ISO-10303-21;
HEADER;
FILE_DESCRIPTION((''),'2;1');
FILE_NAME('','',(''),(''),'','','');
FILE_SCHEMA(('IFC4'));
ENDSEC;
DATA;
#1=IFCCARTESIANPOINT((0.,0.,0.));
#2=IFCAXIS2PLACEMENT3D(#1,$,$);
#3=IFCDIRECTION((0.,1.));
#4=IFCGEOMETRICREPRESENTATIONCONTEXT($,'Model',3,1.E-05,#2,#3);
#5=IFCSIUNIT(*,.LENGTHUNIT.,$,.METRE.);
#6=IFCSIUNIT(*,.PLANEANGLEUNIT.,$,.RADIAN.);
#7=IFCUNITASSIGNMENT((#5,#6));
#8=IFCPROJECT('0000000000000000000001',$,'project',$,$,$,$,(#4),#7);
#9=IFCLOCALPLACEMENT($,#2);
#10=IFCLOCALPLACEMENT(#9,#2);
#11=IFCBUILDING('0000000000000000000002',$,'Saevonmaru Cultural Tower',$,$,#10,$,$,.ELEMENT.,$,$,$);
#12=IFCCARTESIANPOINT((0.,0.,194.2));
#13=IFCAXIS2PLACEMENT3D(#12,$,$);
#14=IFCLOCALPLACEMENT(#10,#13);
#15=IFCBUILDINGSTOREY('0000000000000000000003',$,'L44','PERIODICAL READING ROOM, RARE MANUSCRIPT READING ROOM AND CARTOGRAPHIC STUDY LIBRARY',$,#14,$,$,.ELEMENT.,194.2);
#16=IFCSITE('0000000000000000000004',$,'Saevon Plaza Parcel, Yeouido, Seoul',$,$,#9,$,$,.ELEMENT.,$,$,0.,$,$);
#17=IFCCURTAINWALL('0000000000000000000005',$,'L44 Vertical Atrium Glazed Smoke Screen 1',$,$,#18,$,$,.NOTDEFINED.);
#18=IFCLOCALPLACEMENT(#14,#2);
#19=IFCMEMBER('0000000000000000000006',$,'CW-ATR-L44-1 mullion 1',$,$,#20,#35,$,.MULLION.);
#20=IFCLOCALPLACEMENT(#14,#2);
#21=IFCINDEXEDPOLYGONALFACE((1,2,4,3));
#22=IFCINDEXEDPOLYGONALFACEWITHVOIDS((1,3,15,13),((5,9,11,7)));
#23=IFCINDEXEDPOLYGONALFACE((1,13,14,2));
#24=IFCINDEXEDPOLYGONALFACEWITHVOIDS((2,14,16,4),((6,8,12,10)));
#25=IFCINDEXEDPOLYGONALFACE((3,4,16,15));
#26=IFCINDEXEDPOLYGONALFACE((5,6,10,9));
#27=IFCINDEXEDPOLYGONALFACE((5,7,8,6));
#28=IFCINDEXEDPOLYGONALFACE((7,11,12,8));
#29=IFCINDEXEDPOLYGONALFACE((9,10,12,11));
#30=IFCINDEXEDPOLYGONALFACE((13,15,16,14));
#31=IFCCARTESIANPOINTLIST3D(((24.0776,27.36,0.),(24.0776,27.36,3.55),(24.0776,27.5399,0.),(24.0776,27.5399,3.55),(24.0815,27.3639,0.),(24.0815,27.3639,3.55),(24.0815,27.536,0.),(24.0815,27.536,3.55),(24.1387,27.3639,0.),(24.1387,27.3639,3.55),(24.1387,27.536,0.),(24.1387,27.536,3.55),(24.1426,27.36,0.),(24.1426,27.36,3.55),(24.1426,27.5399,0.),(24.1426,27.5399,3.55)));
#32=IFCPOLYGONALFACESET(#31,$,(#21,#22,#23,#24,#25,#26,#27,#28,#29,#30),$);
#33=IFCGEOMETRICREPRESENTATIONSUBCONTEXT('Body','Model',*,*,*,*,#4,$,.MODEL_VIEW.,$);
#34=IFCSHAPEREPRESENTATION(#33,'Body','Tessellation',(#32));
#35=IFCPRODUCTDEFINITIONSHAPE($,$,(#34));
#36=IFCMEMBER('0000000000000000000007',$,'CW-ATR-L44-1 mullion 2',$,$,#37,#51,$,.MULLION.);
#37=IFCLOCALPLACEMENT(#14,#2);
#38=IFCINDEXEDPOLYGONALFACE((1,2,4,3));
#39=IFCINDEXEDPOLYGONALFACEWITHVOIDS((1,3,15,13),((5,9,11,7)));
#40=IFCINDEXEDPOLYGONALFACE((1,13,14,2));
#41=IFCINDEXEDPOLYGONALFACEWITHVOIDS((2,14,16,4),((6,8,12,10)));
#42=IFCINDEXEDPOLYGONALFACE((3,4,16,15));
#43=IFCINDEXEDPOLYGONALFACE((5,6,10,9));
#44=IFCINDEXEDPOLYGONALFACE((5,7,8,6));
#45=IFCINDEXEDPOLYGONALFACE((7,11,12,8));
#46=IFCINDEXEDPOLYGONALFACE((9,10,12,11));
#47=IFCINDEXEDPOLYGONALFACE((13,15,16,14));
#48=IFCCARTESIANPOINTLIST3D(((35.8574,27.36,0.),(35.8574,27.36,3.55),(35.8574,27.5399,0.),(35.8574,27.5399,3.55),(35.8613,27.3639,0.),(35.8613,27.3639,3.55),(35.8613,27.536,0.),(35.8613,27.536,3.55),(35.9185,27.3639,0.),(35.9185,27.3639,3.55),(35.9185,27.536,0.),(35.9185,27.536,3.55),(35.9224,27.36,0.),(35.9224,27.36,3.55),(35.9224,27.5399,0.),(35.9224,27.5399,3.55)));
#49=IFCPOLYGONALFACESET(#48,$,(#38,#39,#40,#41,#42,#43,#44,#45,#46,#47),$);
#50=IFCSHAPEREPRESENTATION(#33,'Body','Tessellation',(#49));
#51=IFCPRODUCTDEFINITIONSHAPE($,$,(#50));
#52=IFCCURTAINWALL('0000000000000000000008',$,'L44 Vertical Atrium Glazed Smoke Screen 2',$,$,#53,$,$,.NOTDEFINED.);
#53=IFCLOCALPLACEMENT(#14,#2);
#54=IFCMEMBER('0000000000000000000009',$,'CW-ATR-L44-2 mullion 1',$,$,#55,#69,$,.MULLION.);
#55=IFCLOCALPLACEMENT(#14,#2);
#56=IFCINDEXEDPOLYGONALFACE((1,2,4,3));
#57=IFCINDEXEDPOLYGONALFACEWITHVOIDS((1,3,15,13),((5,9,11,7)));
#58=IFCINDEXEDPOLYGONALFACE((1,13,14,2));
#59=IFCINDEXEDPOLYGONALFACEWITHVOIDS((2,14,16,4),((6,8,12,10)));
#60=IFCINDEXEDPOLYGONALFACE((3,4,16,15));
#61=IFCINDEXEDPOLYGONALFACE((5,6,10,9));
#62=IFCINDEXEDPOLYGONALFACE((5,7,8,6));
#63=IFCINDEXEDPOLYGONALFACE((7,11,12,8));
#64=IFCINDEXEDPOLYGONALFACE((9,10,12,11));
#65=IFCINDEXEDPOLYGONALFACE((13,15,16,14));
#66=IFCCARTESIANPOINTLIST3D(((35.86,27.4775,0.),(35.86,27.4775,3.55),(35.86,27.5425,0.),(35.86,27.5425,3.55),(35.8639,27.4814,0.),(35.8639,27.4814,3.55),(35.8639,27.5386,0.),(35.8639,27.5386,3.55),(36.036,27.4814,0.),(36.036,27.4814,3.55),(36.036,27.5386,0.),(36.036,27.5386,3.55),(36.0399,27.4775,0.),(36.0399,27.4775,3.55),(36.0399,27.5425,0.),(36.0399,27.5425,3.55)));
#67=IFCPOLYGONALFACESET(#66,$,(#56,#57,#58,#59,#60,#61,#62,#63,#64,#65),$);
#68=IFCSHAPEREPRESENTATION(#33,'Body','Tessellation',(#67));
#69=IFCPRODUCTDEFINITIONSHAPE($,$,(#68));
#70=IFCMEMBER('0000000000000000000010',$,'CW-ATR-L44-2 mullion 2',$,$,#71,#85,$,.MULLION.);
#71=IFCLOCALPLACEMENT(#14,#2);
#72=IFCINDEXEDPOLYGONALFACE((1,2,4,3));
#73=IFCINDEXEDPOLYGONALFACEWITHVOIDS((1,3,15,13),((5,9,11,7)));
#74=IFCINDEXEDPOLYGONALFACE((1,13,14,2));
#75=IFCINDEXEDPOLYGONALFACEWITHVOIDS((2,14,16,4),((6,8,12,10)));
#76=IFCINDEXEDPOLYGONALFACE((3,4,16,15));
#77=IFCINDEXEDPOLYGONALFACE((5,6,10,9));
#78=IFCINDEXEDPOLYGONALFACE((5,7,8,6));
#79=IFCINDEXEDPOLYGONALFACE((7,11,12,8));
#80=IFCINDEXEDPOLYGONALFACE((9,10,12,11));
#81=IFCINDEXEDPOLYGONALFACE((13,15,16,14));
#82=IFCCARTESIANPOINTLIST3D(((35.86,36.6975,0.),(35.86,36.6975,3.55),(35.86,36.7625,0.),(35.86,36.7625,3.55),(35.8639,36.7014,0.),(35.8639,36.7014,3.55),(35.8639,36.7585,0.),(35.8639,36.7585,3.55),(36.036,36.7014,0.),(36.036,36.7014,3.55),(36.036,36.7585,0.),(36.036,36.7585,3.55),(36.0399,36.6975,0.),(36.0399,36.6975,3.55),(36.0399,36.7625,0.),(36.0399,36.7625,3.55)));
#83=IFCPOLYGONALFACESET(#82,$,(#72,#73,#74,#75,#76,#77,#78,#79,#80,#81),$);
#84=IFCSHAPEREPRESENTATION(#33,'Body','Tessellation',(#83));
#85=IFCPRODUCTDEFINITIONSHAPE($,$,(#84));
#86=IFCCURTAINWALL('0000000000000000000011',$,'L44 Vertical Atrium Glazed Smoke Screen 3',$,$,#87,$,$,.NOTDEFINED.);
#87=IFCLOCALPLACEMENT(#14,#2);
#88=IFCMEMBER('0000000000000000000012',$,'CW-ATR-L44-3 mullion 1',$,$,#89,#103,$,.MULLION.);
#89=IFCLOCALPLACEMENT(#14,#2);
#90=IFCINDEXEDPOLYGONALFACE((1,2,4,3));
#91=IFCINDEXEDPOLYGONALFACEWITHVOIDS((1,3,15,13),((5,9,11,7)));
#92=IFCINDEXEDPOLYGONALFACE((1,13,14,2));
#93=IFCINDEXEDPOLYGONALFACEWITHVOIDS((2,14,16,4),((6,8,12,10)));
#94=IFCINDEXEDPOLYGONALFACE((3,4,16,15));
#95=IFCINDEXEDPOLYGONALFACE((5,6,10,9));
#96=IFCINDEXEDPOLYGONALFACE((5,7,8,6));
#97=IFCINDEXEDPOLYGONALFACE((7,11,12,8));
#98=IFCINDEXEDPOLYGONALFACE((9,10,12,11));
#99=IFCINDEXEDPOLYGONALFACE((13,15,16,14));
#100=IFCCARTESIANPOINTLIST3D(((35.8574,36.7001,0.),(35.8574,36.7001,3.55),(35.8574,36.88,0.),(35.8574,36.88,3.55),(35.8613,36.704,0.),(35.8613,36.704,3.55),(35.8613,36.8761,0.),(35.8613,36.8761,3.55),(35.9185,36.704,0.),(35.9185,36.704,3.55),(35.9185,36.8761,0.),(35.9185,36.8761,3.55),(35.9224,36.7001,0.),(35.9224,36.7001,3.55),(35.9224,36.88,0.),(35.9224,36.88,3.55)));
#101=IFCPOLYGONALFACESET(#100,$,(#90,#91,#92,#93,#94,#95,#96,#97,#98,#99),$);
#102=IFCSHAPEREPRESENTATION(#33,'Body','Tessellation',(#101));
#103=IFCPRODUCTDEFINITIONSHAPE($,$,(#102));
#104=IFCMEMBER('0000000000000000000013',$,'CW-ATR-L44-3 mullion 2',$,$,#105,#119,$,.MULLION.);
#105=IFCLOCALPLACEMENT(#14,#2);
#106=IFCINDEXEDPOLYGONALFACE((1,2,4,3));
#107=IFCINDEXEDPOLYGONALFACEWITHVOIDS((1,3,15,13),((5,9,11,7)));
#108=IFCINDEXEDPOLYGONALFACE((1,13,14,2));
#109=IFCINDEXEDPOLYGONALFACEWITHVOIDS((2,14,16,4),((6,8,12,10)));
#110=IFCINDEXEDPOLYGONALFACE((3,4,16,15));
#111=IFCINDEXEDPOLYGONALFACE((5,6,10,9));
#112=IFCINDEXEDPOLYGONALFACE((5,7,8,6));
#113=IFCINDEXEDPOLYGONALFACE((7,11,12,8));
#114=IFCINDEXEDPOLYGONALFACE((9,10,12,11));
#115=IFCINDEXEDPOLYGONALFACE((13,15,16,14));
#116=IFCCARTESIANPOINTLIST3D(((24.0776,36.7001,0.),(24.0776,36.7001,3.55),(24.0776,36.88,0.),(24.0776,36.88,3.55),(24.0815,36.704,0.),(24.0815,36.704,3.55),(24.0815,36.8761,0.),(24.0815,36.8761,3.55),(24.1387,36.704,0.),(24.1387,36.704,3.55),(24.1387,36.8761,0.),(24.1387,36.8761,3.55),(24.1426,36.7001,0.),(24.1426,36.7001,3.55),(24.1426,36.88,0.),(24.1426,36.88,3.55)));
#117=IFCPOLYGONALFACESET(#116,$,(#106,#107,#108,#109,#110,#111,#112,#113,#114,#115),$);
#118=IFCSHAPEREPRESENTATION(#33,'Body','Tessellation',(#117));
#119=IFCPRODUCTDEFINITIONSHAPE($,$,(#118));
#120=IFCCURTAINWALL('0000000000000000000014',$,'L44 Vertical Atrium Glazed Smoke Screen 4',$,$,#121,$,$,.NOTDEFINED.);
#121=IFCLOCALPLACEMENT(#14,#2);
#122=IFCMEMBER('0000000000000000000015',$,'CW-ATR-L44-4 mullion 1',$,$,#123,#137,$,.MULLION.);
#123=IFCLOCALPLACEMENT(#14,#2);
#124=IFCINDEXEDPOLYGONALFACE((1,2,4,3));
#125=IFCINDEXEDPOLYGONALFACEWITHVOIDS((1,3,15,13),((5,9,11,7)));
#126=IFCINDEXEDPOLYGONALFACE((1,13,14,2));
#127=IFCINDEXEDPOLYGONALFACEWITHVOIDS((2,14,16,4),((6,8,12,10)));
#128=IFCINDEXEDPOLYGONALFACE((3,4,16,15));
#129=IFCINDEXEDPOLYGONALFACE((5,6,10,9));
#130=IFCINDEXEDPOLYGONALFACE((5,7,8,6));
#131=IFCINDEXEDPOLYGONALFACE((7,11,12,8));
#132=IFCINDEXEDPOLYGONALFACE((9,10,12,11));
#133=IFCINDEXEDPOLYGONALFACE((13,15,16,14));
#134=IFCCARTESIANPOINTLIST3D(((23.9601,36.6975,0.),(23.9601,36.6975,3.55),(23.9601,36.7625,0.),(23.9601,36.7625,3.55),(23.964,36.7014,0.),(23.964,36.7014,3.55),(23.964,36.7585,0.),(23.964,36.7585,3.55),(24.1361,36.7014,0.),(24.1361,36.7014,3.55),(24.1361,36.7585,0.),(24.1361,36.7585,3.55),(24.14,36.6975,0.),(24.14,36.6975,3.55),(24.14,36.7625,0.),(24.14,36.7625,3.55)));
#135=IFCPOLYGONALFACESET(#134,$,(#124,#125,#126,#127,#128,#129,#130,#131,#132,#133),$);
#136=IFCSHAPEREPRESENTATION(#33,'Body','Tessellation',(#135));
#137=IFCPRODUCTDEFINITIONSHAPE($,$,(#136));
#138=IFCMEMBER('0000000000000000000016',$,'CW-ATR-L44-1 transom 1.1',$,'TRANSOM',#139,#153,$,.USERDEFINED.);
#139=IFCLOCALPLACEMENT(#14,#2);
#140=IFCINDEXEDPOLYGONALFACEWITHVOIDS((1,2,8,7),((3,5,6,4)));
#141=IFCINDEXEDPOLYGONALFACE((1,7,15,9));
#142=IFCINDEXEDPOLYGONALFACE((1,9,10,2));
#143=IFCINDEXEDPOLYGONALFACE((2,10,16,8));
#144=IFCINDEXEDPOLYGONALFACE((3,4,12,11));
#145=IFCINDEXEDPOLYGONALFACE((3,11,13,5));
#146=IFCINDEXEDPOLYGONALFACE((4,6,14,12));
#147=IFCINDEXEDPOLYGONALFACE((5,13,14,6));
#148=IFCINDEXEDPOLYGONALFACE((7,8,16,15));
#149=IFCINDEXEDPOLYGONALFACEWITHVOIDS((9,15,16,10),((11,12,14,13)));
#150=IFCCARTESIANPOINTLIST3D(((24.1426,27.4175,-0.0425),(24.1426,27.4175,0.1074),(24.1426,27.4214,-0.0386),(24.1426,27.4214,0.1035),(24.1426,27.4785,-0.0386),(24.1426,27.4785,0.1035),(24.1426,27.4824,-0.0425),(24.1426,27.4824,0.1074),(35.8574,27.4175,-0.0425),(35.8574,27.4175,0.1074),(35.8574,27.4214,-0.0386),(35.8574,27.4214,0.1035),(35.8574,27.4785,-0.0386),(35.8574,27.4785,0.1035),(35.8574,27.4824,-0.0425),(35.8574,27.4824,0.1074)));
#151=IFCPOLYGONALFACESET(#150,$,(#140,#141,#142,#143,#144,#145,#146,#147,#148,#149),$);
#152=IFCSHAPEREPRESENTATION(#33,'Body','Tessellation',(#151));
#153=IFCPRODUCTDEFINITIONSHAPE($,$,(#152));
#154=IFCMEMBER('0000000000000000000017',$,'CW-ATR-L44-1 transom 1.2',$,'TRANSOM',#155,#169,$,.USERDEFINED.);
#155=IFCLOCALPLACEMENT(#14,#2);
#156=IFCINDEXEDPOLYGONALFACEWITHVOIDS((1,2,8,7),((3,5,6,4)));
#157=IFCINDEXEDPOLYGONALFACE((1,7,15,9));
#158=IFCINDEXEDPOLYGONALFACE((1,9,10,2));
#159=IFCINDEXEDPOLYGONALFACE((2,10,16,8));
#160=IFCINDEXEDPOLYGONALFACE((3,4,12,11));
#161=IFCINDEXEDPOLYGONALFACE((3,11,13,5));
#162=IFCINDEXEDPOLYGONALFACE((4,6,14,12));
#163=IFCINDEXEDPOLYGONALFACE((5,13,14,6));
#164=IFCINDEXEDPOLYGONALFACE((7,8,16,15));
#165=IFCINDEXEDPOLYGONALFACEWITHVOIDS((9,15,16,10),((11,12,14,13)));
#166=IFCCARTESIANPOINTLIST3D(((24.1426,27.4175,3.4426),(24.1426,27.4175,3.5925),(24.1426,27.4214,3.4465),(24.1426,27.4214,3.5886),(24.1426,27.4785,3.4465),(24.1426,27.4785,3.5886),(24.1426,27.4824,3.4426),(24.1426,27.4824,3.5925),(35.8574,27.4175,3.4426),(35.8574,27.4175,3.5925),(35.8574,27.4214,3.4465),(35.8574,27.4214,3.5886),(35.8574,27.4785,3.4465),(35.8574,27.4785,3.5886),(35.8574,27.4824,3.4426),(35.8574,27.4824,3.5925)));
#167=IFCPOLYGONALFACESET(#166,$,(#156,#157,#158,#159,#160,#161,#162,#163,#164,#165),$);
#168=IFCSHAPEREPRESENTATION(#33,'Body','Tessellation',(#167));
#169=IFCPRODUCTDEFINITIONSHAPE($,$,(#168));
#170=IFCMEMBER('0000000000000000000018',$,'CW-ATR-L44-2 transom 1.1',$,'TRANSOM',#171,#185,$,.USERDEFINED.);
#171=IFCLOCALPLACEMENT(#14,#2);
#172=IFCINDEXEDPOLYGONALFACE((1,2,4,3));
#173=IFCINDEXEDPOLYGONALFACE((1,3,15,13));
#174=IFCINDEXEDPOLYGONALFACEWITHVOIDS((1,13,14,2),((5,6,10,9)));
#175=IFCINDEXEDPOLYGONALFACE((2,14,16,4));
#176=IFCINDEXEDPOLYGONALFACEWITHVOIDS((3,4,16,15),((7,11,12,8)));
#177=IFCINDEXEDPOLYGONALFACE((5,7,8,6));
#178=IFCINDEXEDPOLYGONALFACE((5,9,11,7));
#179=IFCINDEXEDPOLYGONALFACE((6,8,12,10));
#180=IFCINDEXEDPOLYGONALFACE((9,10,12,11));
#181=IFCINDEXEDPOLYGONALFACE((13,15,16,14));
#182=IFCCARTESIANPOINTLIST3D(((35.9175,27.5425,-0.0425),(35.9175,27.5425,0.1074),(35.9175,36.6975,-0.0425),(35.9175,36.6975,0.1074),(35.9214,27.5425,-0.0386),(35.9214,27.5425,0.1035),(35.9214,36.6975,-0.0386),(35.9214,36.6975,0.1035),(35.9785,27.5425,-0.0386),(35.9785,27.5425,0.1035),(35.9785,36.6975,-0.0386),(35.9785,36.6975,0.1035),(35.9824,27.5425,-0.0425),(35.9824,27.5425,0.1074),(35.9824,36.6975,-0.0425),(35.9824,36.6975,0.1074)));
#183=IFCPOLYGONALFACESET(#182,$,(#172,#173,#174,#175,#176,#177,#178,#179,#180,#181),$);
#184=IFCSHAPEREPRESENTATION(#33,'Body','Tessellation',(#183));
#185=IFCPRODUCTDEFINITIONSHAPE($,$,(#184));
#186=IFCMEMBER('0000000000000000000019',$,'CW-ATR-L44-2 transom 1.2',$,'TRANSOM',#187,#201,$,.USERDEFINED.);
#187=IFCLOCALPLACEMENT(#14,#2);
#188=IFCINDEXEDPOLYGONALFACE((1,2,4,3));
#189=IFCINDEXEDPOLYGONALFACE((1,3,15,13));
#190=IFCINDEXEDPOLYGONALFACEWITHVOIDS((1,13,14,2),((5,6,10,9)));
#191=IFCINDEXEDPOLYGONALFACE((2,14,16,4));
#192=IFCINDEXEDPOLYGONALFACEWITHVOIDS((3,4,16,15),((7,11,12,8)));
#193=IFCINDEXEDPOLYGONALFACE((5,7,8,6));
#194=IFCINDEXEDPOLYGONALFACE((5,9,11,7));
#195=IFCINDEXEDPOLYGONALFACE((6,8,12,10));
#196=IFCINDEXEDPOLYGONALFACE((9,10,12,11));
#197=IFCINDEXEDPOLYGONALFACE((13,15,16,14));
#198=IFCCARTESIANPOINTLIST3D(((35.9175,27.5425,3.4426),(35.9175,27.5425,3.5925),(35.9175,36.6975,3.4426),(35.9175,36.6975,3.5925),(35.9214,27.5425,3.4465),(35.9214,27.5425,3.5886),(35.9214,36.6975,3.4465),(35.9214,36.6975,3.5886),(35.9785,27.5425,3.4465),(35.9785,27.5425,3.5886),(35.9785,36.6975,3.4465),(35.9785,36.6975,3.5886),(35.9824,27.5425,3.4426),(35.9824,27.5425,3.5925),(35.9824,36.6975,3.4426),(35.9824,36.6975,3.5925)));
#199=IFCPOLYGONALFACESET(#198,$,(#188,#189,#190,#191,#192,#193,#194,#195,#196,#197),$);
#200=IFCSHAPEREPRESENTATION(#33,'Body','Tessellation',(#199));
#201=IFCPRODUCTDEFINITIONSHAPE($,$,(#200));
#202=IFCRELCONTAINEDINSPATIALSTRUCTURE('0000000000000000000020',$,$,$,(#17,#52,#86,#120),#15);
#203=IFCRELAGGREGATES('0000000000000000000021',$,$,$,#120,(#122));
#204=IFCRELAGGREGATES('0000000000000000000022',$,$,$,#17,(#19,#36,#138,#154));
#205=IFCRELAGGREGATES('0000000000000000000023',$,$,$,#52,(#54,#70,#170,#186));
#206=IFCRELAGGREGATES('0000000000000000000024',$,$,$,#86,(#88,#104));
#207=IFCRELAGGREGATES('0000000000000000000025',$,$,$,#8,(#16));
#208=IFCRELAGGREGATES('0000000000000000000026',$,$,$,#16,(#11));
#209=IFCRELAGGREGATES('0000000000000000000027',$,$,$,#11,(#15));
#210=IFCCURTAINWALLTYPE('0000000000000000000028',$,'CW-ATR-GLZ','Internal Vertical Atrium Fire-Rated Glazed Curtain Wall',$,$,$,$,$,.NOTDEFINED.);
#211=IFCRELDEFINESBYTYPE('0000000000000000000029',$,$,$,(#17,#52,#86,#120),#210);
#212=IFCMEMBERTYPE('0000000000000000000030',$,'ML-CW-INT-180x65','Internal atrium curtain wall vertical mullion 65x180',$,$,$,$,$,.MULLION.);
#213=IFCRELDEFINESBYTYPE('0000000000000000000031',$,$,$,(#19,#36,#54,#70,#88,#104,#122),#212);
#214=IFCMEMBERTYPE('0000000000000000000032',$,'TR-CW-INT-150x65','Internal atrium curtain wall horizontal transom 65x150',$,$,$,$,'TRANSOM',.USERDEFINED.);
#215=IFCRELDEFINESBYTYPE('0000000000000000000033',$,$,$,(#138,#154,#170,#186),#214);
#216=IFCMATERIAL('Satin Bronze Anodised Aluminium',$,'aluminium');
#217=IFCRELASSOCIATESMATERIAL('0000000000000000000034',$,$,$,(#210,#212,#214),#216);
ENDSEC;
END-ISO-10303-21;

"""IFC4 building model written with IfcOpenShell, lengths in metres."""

from ifc_helpers import new_model, si_unit, direction, frame, origin, origin_2d, place, context, subcontext, project, spatial, hollow_rectangle, extrude, material, material_profile, profile_set, type_object, element, aggregate, save


model = new_model("IFC4")

# Units and contexts
model_context = context("Model", 3, precision=1e-05, world=origin(), true_north=direction((0.0, 1.0)))
body_context = subcontext(model_context, "Body", "Model", "MODEL_VIEW")
ifc_project = project(units=[si_unit("LENGTHUNIT", "METRE"), si_unit("PLANEANGLEUNIT", "RADIAN")], contexts=[model_context])

# Site, building, storey
site_placement = place(None, origin())
site = spatial("IfcSite", under=ifc_project, at=site_placement, Name="Saevon Plaza Parcel, Yeouido, Seoul", CompositionType="ELEMENT", RefElevation=0.0)
building_placement = place(site_placement, origin())
building = spatial("IfcBuilding", under=site, at=building_placement, Name="Saevonmaru Cultural Tower", CompositionType="ELEMENT")
storey_placement = place(building_placement, frame((0.0, 0.0, 194.2)))
storey = spatial("IfcBuildingStorey", under=building, at=storey_placement, Name="L44", Description="PERIODICAL READING ROOM, RARE MANUSCRIPT READING ROOM AND CARTOGRAPHIC STUDY LIBRARY", CompositionType="ELEMENT", Elevation=194.2)

# Curtain walls, members
ifc_material_1 = material(Name="Satin Bronze Anodised Aluminium", Category="aluminium")
curtain_wall_type = type_object("IfcCurtainWallType", Name="CW-ATR-GLZ", Description="Internal Vertical Atrium Fire-Rated Glazed Curtain Wall", PredefinedType="NOTDEFINED", material=ifc_material_1)
curtain_wall_1_placement = place(storey_placement, origin())
curtain_wall_1 = element("IfcCurtainWall", 1, at=curtain_wall_1_placement, inside=storey, type_object=curtain_wall_type, Name="L44 Vertical Atrium Glazed Smoke Screen 1", PredefinedType="NOTDEFINED")
ifc_material_profile_1 = material_profile(ifc_material_1, hollow_rectangle(XDim=0.0649, YDim=0.1799, WallThickness=0.0039, at=origin_2d()), Name="ALU-MULL-180x65x4")
ifc_profile_set_1 = profile_set([ifc_material_profile_1], Name="Satin Bronze Anodised Aluminium")
member_type_1 = type_object("IfcMemberType", Name="ML-CW-INT-180x65", Description="Internal atrium curtain wall vertical mullion 65x180", PredefinedType="MULLION", material=ifc_profile_set_1)
member_1_placement = place(storey_placement, frame((24.1101, 27.45, 0.0), z_axis=(0.0, 0.0, 1.0), x_axis=(1.0, 0.0, 0.0)))
member_1 = element("IfcMember", 2, at=member_1_placement, type_object=member_type_1, Name="CW-ATR-L44-1 mullion 1", PredefinedType="MULLION", context=body_context, shape_type="SweptSolid", body=[
    extrude(hollow_rectangle(XDim=0.0649, YDim=0.1799, WallThickness=0.0039, at=origin_2d()), origin(), (0.0, 0.0, 1.0), 3.55),
])
member_2_placement = place(storey_placement, frame((35.8899, 27.45, 0.0), z_axis=(0.0, 0.0, 1.0), x_axis=(1.0, 0.0, 0.0)))
member_2 = element("IfcMember", 3, at=member_2_placement, type_object=member_type_1, Name="CW-ATR-L44-1 mullion 2", PredefinedType="MULLION", context=body_context, shape_type="SweptSolid", body=[
    extrude(hollow_rectangle(XDim=0.0649, YDim=0.1799, WallThickness=0.0039, at=origin_2d()), origin(), (0.0, 0.0, 1.0), 3.55),
])
curtain_wall_2_placement = place(storey_placement, origin())
curtain_wall_2 = element("IfcCurtainWall", 4, at=curtain_wall_2_placement, inside=storey, type_object=curtain_wall_type, Name="L44 Vertical Atrium Glazed Smoke Screen 2", PredefinedType="NOTDEFINED")
member_3_placement = place(storey_placement, frame((35.95, 27.51, 0.0), z_axis=(0.0, 0.0, 1.0), x_axis=(0.0, 1.0, 0.0)))
member_3 = element("IfcMember", 5, at=member_3_placement, type_object=member_type_1, Name="CW-ATR-L44-2 mullion 1", PredefinedType="MULLION", context=body_context, shape_type="SweptSolid", body=[
    extrude(hollow_rectangle(XDim=0.0649, YDim=0.1799, WallThickness=0.0039, at=origin_2d()), origin(), (0.0, 0.0, 1.0), 3.55),
])
member_4_placement = place(storey_placement, frame((35.95, 36.73, 0.0), z_axis=(0.0, 0.0, 1.0), x_axis=(0.0, 1.0, 0.0)))
member_4 = element("IfcMember", 6, at=member_4_placement, type_object=member_type_1, Name="CW-ATR-L44-2 mullion 2", PredefinedType="MULLION", context=body_context, shape_type="SweptSolid", body=[
    extrude(hollow_rectangle(XDim=0.0649, YDim=0.1799, WallThickness=0.0039, at=origin_2d()), origin(), (0.0, 0.0, 1.0), 3.55),
])
curtain_wall_3_placement = place(storey_placement, origin())
curtain_wall_3 = element("IfcCurtainWall", 7, at=curtain_wall_3_placement, inside=storey, type_object=curtain_wall_type, Name="L44 Vertical Atrium Glazed Smoke Screen 3", PredefinedType="NOTDEFINED")
member_5_placement = place(storey_placement, frame((35.8899, 36.79, 0.0), z_axis=(0.0, 0.0, 1.0), x_axis=(-1.0, 0.0, 0.0)))
member_5 = element("IfcMember", 8, at=member_5_placement, type_object=member_type_1, Name="CW-ATR-L44-3 mullion 1", PredefinedType="MULLION", context=body_context, shape_type="SweptSolid", body=[
    extrude(hollow_rectangle(XDim=0.0649, YDim=0.1799, WallThickness=0.0039, at=origin_2d()), origin(), (0.0, 0.0, 1.0), 3.55),
])
member_6_placement = place(storey_placement, frame((24.1101, 36.79, 0.0), z_axis=(0.0, 0.0, 1.0), x_axis=(-1.0, 0.0, 0.0)))
member_6 = element("IfcMember", 9, at=member_6_placement, type_object=member_type_1, Name="CW-ATR-L44-3 mullion 2", PredefinedType="MULLION", context=body_context, shape_type="SweptSolid", body=[
    extrude(hollow_rectangle(XDim=0.0649, YDim=0.1799, WallThickness=0.0039, at=origin_2d()), origin(), (0.0, 0.0, 1.0), 3.55),
])

# Curtain wall, member
curtain_wall_4_placement = place(storey_placement, origin())
curtain_wall_4 = element("IfcCurtainWall", 10, at=curtain_wall_4_placement, inside=storey, type_object=curtain_wall_type, Name="L44 Vertical Atrium Glazed Smoke Screen 4", PredefinedType="NOTDEFINED")
member_7_placement = place(storey_placement, frame((24.05, 36.73, 0.0), z_axis=(0.0, 0.0, 1.0), x_axis=(0.0, -1.0, 0.0)))
member_7 = element("IfcMember", 11, at=member_7_placement, type_object=member_type_1, Name="CW-ATR-L44-4 mullion 1", PredefinedType="MULLION", context=body_context, shape_type="SweptSolid", body=[
    extrude(hollow_rectangle(XDim=0.0649, YDim=0.1799, WallThickness=0.0039, at=origin_2d()), origin(), (0.0, 0.0, 1.0), 3.55),
])

# Members
ifc_material_profile_2 = material_profile(ifc_material_1, hollow_rectangle(XDim=0.0649, YDim=0.1499, WallThickness=0.0039, at=origin_2d()), Name="ALU-TRAN-150x65x4")
ifc_profile_set_2 = profile_set([ifc_material_profile_2], Name="Satin Bronze Anodised Aluminium")
member_type_2 = type_object("IfcMemberType", Name="TR-CW-INT-150x65", Description="Internal atrium curtain wall horizontal transom 65x150", ElementType="TRANSOM", PredefinedType="USERDEFINED", material=ifc_profile_set_2)
member_8_placement = place(storey_placement, frame((24.1426, 27.45, 0.0325), z_axis=(1.0, 0.0, 0.0), x_axis=(0.0, 1.0, 0.0)))
member_8 = element("IfcMember", 12, at=member_8_placement, type_object=member_type_2, Name="CW-ATR-L44-1 transom 1.1", ObjectType="TRANSOM", PredefinedType="USERDEFINED", context=body_context, shape_type="SweptSolid", body=[
    extrude(hollow_rectangle(XDim=0.0649, YDim=0.1499, WallThickness=0.0039, at=origin_2d()), origin(), (0.0, 0.0, 1.0), 11.7148),
])
member_9_placement = place(storey_placement, frame((24.1426, 27.45, 3.5176), z_axis=(1.0, 0.0, 0.0), x_axis=(0.0, 1.0, 0.0)))
member_9 = element("IfcMember", 13, at=member_9_placement, type_object=member_type_2, Name="CW-ATR-L44-1 transom 1.2", ObjectType="TRANSOM", PredefinedType="USERDEFINED", context=body_context, shape_type="SweptSolid", body=[
    extrude(hollow_rectangle(XDim=0.0649, YDim=0.1499, WallThickness=0.0039, at=origin_2d()), origin(), (0.0, 0.0, 1.0), 11.7148),
])
member_10_placement = place(storey_placement, frame((35.95, 27.5425, 0.0325), z_axis=(0.0, 1.0, 0.0), x_axis=(-1.0, 0.0, 0.0)))
member_10 = element("IfcMember", 14, at=member_10_placement, type_object=member_type_2, Name="CW-ATR-L44-2 transom 1.1", ObjectType="TRANSOM", PredefinedType="USERDEFINED", context=body_context, shape_type="SweptSolid", body=[
    extrude(hollow_rectangle(XDim=0.0649, YDim=0.1499, WallThickness=0.0039, at=origin_2d()), origin(), (0.0, 0.0, 1.0), 9.155),
])
member_11_placement = place(storey_placement, frame((35.95, 27.5425, 3.5176), z_axis=(0.0, 1.0, 0.0), x_axis=(-1.0, 0.0, 0.0)))
member_11 = element("IfcMember", 15, at=member_11_placement, type_object=member_type_2, Name="CW-ATR-L44-2 transom 1.2", ObjectType="TRANSOM", PredefinedType="USERDEFINED", context=body_context, shape_type="SweptSolid", body=[
    extrude(hollow_rectangle(XDim=0.0649, YDim=0.1499, WallThickness=0.0039, at=origin_2d()), origin(), (0.0, 0.0, 1.0), 9.155),
])
aggregate(curtain_wall_4, [member_7])

aggregate(curtain_wall_1, [member_1, member_2, member_8, member_9])
aggregate(curtain_wall_2, [member_3, member_4, member_10, member_11])
aggregate(curtain_wall_3, [member_5, member_6])

save(model, "model.ifc")
